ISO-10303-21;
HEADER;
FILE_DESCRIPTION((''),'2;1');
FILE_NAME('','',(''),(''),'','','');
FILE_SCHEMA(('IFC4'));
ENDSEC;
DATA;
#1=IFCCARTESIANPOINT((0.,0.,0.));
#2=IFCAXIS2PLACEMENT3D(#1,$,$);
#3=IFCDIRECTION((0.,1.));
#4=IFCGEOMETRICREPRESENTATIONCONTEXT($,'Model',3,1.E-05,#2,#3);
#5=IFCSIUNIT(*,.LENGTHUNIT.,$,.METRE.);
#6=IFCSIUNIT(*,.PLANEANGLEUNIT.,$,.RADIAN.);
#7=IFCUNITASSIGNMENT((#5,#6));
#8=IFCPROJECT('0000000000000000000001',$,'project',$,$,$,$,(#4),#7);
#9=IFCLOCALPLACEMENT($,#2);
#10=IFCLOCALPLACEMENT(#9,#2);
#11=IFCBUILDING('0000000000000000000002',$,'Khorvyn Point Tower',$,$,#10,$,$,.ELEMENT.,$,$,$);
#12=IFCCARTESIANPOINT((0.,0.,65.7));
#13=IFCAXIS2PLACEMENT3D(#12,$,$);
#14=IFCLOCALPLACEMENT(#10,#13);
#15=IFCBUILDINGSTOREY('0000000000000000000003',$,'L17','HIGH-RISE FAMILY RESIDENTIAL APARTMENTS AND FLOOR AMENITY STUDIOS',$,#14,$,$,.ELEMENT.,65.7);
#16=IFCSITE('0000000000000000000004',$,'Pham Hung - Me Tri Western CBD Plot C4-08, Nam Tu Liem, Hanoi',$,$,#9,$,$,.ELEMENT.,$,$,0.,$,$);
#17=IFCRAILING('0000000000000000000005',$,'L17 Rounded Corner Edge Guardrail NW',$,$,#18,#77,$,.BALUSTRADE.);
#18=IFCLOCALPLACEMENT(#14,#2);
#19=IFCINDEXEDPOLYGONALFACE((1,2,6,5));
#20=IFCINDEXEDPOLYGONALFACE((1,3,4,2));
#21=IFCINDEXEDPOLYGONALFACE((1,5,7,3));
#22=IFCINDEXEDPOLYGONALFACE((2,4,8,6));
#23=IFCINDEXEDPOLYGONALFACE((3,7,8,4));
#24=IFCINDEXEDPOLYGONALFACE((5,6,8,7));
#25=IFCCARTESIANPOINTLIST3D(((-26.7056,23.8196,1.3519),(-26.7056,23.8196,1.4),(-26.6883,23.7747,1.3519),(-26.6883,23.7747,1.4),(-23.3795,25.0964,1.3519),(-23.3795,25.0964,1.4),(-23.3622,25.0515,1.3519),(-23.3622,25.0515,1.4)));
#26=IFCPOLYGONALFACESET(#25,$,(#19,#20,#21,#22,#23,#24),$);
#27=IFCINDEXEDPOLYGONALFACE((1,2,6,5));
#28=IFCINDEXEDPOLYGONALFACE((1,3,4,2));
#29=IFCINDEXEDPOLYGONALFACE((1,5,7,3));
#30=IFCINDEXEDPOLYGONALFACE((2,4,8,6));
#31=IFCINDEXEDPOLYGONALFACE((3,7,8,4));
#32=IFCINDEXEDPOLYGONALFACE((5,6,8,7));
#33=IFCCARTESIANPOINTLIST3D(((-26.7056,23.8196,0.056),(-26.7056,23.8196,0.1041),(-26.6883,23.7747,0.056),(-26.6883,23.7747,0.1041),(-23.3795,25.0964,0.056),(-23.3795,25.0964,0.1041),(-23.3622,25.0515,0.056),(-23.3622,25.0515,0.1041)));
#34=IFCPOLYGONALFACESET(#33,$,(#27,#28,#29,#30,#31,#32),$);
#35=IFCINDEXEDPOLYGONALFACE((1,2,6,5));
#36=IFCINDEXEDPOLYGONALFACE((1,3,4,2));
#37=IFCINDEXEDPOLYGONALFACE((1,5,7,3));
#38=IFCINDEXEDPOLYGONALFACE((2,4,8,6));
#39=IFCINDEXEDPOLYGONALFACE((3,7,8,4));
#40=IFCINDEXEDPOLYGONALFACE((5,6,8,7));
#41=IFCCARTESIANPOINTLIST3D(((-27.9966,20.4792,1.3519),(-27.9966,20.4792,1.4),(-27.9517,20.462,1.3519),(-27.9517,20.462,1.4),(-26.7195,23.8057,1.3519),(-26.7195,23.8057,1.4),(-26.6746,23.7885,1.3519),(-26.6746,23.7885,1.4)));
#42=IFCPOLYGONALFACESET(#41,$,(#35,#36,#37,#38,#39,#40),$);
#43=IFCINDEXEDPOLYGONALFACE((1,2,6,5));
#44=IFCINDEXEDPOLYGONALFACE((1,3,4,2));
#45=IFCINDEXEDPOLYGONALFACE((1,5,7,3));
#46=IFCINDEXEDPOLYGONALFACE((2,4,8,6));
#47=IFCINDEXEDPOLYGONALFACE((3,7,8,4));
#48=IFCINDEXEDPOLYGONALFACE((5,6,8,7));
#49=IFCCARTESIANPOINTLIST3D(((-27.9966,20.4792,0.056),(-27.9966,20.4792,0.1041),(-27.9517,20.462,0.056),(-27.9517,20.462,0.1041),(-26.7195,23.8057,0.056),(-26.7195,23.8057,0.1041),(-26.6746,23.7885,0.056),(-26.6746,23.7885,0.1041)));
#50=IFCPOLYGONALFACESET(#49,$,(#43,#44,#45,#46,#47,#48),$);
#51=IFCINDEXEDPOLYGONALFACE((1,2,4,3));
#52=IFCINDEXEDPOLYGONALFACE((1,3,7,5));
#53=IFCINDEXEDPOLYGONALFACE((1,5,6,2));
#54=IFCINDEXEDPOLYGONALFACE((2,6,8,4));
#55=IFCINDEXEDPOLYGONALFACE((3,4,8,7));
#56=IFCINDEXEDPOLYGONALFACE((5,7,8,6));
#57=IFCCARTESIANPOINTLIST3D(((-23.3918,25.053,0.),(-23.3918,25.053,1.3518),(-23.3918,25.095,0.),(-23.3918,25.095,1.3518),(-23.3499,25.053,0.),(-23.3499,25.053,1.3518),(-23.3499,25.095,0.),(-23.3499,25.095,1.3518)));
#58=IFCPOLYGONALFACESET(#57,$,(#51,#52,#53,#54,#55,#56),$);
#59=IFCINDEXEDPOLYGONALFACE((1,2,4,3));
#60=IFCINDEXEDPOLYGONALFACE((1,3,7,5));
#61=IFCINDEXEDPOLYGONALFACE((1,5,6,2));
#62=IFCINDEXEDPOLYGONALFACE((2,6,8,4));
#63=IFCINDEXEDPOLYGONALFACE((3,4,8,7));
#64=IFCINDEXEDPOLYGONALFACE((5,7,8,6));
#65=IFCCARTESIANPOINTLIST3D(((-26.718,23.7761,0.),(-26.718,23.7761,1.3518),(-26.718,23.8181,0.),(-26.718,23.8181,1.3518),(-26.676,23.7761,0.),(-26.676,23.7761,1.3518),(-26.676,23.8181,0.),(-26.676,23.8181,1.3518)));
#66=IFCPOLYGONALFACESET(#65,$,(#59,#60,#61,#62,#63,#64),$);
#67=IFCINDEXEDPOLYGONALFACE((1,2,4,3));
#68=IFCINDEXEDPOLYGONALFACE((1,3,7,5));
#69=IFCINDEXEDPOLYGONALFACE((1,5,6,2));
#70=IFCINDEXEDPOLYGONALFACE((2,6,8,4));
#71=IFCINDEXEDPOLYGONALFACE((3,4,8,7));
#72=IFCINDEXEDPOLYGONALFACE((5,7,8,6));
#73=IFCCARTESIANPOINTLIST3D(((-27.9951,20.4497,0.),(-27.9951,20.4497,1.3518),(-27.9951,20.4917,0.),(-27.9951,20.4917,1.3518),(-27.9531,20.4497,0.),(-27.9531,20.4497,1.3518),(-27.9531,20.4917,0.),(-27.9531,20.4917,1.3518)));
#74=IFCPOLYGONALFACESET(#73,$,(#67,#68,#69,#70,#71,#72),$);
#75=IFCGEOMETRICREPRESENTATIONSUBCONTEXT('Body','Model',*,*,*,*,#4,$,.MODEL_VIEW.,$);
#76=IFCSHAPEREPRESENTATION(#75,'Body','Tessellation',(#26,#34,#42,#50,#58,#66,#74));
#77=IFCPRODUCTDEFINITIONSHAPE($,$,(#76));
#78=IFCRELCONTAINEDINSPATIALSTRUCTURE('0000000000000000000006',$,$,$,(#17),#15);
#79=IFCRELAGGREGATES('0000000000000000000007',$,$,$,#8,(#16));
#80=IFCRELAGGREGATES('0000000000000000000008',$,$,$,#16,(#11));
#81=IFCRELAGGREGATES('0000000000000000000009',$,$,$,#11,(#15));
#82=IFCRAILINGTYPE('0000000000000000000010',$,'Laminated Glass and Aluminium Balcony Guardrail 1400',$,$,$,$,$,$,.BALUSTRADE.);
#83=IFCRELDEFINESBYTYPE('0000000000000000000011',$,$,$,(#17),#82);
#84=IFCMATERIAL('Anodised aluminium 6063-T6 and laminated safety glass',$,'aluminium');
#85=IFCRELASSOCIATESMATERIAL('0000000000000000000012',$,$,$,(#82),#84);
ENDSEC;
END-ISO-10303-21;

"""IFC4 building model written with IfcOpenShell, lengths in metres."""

from ifc_helpers import new_model, si_unit, direction, frame, origin, origin_2d, place, context, subcontext, project, spatial, rectangle, extrude, material, type_object, element, save


model = new_model("IFC4")

# Units and contexts
model_context = context("Model", 3, precision=1e-05, world=origin(), true_north=direction((0.0, 1.0)))
body_context = subcontext(model_context, "Body", "Model", "MODEL_VIEW")
ifc_project = project(units=[si_unit("LENGTHUNIT", "METRE"), si_unit("PLANEANGLEUNIT", "RADIAN")], contexts=[model_context])

# Site, building, storey
site_placement = place(None, origin())
site = spatial("IfcSite", under=ifc_project, at=site_placement, Name="Pham Hung - Me Tri Western CBD Plot C4-08, Nam Tu Liem, Hanoi", CompositionType="ELEMENT", RefElevation=0.0)
building_placement = place(site_placement, origin())
building = spatial("IfcBuilding", under=site, at=building_placement, Name="Khorvyn Point Tower", CompositionType="ELEMENT")
storey_placement = place(building_placement, frame((0.0, 0.0, 65.7)))
storey = spatial("IfcBuildingStorey", under=building, at=storey_placement, Name="L17", Description="HIGH-RISE FAMILY RESIDENTIAL APARTMENTS AND FLOOR AMENITY STUDIOS", CompositionType="ELEMENT", Elevation=65.7)

# Railing
ifc_material_1 = material(Name="Anodised aluminium 6063-T6 and laminated safety glass", Category="aluminium")
railing_type = type_object("IfcRailingType", Name="Laminated Glass and Aluminium Balcony Guardrail 1400", PredefinedType="BALUSTRADE", material=ifc_material_1)
railing_1_placement = place(storey_placement, frame((-23.3708, 25.074, 0.0)))
element("IfcRailing", 1, at=railing_1_placement, inside=storey, type_object=railing_type, Name="L17 Rounded Corner Edge Guardrail NW", PredefinedType="BALUSTRADE", context=body_context, shape_type="SweptSolid", body=[
    extrude(rectangle(XDim=0.0481, YDim=0.0481, at=origin_2d()), frame((0.0, 0.0, 1.376), z_axis=(-0.933575, -0.358382, 0.0), x_axis=(0.358382, -0.933575, 0.0)), (0.0, 0.0, 1.0), 3.5627),
    extrude(rectangle(XDim=0.0481, YDim=0.0481, at=origin_2d()), frame((0.0, 0.0, 0.0801), z_axis=(-0.933575, -0.358382, 0.0), x_axis=(0.358382, -0.933575, 0.0)), (0.0, 0.0, 1.0), 3.5627),
    extrude(rectangle(XDim=0.0481, YDim=0.0481, at=origin_2d()), frame((-3.3262, -1.2769, 1.376), z_axis=(-0.358419, -0.933561, 0.0), x_axis=(0.933561, -0.358419, 0.0)), (0.0, 0.0, 1.0), 3.5632),
    extrude(rectangle(XDim=0.0481, YDim=0.0481, at=origin_2d()), frame((-3.3262, -1.2769, 0.0801), z_axis=(-0.358419, -0.933561, 0.0), x_axis=(0.933561, -0.358419, 0.0)), (0.0, 0.0, 1.0), 3.5632),
    extrude(rectangle(XDim=0.042, YDim=0.042, at=origin_2d()), origin(), (0.0, 0.0, 1.0), 1.3518),
    extrude(rectangle(XDim=0.042, YDim=0.042, at=origin_2d()), frame((-3.3262, -1.2769, 0.0)), (0.0, 0.0, 1.0), 1.3518),
    extrude(rectangle(XDim=0.042, YDim=0.042, at=origin_2d()), frame((-4.6033, -4.6033, 0.0)), (0.0, 0.0, 1.0), 1.3518),
])

save(model, "model.ifc")
